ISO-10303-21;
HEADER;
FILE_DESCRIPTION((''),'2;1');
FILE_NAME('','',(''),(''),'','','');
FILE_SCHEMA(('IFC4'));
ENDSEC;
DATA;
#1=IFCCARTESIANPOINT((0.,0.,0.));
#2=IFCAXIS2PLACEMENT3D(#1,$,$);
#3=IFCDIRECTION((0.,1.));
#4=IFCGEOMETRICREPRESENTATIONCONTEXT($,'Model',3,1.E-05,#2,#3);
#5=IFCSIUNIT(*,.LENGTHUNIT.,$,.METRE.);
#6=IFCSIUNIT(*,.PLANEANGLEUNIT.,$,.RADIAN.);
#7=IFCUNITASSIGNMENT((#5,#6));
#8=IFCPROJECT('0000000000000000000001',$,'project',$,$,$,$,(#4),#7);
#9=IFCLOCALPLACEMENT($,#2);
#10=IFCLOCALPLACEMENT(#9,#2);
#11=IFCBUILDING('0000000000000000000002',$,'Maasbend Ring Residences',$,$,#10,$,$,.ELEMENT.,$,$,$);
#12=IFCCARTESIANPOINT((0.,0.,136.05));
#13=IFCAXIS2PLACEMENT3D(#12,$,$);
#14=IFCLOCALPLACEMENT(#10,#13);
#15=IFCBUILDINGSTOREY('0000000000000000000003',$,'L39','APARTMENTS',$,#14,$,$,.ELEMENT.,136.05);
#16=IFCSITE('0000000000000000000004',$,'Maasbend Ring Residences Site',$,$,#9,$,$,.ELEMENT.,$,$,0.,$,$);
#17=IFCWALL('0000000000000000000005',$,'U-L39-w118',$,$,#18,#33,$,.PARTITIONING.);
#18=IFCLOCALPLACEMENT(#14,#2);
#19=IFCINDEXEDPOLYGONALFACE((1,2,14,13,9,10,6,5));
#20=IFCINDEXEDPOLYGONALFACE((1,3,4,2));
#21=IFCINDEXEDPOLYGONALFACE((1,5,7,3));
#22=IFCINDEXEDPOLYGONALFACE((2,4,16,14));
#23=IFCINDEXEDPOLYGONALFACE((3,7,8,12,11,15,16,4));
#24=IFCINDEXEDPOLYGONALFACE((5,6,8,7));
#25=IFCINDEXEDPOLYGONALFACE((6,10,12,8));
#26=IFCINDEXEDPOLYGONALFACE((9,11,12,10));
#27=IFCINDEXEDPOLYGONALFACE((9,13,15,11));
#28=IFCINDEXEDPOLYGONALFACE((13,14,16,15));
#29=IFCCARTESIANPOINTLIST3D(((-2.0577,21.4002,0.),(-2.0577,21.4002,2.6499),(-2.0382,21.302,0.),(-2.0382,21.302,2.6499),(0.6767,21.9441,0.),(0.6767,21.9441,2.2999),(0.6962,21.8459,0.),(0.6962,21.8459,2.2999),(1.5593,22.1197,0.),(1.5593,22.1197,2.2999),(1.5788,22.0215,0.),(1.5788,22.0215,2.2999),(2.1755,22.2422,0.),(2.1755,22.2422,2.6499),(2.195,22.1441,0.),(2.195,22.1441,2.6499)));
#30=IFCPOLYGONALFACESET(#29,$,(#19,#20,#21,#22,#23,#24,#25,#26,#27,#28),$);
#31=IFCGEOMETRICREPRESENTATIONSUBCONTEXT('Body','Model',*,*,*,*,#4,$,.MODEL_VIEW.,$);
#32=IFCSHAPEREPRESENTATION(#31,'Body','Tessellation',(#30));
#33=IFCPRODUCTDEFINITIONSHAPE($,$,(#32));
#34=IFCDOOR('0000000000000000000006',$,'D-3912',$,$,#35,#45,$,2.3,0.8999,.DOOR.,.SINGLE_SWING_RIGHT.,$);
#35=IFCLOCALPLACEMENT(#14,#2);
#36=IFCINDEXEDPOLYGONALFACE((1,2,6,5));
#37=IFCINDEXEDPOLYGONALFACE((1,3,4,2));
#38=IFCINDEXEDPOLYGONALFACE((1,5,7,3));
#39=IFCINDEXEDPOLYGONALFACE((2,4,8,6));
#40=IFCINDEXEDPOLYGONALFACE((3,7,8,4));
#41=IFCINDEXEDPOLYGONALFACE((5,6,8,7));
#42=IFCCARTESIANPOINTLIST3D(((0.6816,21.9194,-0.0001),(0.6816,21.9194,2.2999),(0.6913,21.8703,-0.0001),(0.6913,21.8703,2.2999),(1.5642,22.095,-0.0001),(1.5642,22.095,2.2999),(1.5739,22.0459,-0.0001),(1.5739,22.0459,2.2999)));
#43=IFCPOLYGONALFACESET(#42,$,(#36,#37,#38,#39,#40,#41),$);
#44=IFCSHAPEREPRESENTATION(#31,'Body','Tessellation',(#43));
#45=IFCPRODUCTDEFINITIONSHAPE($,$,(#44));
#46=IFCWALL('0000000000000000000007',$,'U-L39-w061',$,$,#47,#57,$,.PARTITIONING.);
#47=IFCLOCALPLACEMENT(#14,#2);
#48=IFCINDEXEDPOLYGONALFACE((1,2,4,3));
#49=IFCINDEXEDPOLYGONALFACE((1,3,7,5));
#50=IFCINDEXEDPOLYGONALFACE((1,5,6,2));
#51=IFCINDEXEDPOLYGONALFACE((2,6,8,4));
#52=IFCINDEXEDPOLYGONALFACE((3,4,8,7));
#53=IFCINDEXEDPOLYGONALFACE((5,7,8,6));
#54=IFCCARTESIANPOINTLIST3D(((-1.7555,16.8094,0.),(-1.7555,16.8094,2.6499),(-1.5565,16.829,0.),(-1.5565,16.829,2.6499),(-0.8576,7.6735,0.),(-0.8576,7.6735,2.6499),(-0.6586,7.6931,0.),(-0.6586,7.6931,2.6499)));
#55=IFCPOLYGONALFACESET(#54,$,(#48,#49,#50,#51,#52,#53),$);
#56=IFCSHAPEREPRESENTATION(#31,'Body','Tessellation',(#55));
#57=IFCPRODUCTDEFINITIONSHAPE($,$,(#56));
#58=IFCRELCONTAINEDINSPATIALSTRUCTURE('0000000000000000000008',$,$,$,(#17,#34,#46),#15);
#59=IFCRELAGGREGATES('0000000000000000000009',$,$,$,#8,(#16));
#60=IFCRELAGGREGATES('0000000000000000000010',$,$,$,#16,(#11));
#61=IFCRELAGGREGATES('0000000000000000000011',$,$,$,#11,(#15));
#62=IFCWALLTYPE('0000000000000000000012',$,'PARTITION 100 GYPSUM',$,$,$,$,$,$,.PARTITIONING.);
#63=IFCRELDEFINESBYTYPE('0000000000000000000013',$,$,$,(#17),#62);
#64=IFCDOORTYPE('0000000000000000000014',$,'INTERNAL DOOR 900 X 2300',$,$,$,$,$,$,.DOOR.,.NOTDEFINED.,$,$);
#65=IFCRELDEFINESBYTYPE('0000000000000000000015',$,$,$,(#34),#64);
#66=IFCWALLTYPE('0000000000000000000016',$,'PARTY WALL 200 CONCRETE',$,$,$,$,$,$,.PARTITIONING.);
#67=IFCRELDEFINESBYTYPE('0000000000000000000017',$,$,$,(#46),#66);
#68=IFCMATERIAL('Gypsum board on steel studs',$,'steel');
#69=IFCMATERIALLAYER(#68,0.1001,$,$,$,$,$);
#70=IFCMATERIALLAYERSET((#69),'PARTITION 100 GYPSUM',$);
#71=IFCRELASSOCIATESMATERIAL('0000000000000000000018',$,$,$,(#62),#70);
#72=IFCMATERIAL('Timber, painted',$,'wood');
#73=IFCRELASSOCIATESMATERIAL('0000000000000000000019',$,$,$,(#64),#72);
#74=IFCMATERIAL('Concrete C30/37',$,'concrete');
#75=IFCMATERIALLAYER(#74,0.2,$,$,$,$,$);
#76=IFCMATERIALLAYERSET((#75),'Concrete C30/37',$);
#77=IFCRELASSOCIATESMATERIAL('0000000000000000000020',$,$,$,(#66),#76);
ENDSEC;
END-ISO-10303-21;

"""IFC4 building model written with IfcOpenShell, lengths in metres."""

from ifc_helpers import new_model, si_unit, direction, frame, frame_2d, origin, place, context, subcontext, project, spatial, rectangle, extrude, material, layer, layer_set, type_object, element, fill, save


model = new_model("IFC4")

# Units and contexts
model_context = context("Model", 3, precision=1e-05, world=origin(), true_north=direction((0.0, 1.0)))
body_context = subcontext(model_context, "Body", "Model", "MODEL_VIEW")
ifc_project = project(units=[si_unit("LENGTHUNIT", "METRE"), si_unit("PLANEANGLEUNIT", "RADIAN")], contexts=[model_context])

# Site, building, storey
site_placement = place(None, origin())
site = spatial("IfcSite", under=ifc_project, at=site_placement, Name="Maasbend Ring Residences Site", CompositionType="ELEMENT", RefElevation=0.0)
building_placement = place(site_placement, origin())
building = spatial("IfcBuilding", under=site, at=building_placement, Name="Maasbend Ring Residences", CompositionType="ELEMENT")
storey_placement = place(building_placement, frame((0.0, 0.0, 136.05)))
storey = spatial("IfcBuildingStorey", under=building, at=storey_placement, Name="L39", Description="APARTMENTS", CompositionType="ELEMENT", Elevation=136.05)

# Shared definitions
ifc_material_1 = material(Name="Gypsum board on steel studs", Category="steel")
ifc_layer_1 = layer(ifc_material_1, 0.1001)
ifc_layer_set_1 = layer_set([ifc_layer_1], Name="PARTITION 100 GYPSUM")
wall_type_1 = type_object("IfcWallType", Name="PARTITION 100 GYPSUM", PredefinedType="PARTITIONING", material=ifc_layer_set_1)
ifc_material_2 = material(Name="Timber, painted", Category="wood")
door_type_1 = type_object("IfcDoorType", Name="INTERNAL DOOR 900 X 2300", OperationType="NOTDEFINED", PredefinedType="DOOR", material=ifc_material_2)

# Wall, opening, door
wall_1_placement = place(storey_placement, frame((-2.0481, 21.3511, 0.0), z_axis=(0.0, 0.0, 1.0), x_axis=(0.980785, 0.195094, 0.0)))
wall_1 = element("IfcWall", 1, at=wall_1_placement, inside=storey, type_object=wall_type_1, Name="U-L39-w118", PredefinedType="PARTITIONING", context=body_context, shape_type="SweptSolid", body=[
    extrude(rectangle(XDim=4.3162, YDim=0.1001, at=frame_2d((2.1582, 0.0))), origin(), (0.0, 0.0, 1.0), 2.6499),
])
opening_1_placement = place(wall_1_placement, frame((2.7881, 0.0, 0.0)))
opening_1 = element("IfcOpeningElement", 2, at=opening_1_placement, cuts=wall_1, PredefinedType="OPENING", context=body_context, shape_type="SweptSolid", body=[
    extrude(rectangle(XDim=0.8999, YDim=2.3, at=frame_2d((0.45, 1.1499))), frame((0.0, 0.0601, 0.0), z_axis=(0.0, -1.0, 0.0), x_axis=(1.0, 0.0, 0.0)), (0.0, 0.0, 1.0), 0.1201),
])
door_1_placement = place(opening_1_placement, origin())
door_1 = element("IfcDoor", 3, at=door_1_placement, inside=storey, type_object=door_type_1, Name="D-3912", OperationType="SINGLE_SWING_RIGHT", OverallHeight=2.3, OverallWidth=0.8999, PredefinedType="DOOR", context=body_context, shape_type="SweptSolid", body=[
    extrude(rectangle(XDim=0.8999, YDim=2.3, at=frame_2d((0.45, 1.1499))), frame((0.0, 0.0249, 0.0), z_axis=(0.0, -1.0, 0.0), x_axis=(1.0, 0.0, 0.0)), (0.0, 0.0, 1.0), 0.05),
])
fill(opening_1, door_1)

# Wall
ifc_material_3 = material(Name="Concrete C30/37", Category="concrete")
ifc_layer_2 = layer(ifc_material_3, 0.2)
ifc_layer_set_2 = layer_set([ifc_layer_2], Name="Concrete C30/37")
wall_type_2 = type_object("IfcWallType", Name="PARTY WALL 200 CONCRETE", PredefinedType="PARTITIONING", material=ifc_layer_set_2)
wall_2_placement = place(storey_placement, frame((-1.656, 16.8191, 0.0), z_axis=(0.0, 0.0, 1.0), x_axis=(0.097816, -0.995205, 0.0)))
element("IfcWall", 4, at=wall_2_placement, inside=storey, type_object=wall_type_2, Name="U-L39-w061", PredefinedType="PARTITIONING", context=body_context, shape_type="SweptSolid", body=[
    extrude(rectangle(XDim=9.1799, YDim=0.2, at=frame_2d((4.5898, 0.0))), origin(), (0.0, 0.0, 1.0), 2.6499),
])

save(model, "model.ifc")
